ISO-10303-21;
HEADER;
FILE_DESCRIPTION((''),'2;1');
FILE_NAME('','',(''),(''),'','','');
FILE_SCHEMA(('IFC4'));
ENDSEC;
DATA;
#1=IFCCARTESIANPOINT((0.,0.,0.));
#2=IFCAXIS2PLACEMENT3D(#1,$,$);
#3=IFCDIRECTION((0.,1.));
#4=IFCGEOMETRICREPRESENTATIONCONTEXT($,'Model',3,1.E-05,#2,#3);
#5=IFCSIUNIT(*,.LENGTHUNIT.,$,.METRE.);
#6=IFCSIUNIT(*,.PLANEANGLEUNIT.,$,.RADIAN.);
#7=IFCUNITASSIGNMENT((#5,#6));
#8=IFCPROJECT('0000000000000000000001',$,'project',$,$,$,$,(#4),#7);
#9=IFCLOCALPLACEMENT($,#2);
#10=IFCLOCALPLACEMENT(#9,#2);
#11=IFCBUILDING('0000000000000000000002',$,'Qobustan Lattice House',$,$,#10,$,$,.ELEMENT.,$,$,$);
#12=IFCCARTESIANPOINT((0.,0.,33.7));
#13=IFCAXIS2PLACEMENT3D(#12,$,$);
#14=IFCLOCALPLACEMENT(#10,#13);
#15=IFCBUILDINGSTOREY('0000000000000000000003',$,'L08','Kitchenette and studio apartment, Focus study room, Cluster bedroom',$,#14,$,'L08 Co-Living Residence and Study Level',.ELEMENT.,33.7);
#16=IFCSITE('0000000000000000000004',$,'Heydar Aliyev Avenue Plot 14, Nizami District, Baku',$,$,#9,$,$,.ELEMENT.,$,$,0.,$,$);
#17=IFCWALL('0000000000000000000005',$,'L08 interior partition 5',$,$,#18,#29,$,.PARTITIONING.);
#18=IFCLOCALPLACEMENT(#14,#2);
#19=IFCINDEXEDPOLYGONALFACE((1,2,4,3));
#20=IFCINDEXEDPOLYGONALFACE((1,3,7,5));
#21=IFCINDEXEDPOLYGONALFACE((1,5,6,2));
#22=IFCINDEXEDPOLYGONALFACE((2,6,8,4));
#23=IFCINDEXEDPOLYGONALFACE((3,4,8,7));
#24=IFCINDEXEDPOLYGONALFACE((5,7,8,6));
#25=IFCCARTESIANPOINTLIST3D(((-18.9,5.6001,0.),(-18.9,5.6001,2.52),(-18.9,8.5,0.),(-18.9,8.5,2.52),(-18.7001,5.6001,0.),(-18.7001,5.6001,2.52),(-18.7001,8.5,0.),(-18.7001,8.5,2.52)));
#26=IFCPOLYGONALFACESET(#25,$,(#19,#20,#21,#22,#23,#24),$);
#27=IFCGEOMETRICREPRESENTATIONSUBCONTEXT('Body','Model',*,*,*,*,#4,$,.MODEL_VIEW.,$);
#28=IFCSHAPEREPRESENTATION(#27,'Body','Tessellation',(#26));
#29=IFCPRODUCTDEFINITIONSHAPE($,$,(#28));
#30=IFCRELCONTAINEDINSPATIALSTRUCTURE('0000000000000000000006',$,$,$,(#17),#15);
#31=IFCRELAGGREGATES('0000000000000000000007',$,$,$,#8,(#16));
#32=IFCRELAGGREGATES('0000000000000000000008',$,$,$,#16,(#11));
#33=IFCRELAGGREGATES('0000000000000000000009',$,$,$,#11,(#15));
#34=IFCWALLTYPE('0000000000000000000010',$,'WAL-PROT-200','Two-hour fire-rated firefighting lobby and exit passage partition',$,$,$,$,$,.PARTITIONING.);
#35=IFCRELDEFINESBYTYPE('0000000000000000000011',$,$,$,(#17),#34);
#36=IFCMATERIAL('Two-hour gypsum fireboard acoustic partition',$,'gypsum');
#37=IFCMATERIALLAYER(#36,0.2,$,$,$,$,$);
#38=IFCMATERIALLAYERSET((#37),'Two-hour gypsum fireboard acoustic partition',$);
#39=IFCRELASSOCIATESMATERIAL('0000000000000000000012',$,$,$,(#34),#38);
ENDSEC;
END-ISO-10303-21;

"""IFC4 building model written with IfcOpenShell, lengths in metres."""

from ifc_helpers import new_model, si_unit, direction, frame, frame_2d, origin, place, context, subcontext, project, spatial, rectangle, extrude, material, layer, layer_set, type_object, element, save


model = new_model("IFC4")

# Units and contexts
model_context = context("Model", 3, precision=1e-05, world=origin(), true_north=direction((0.0, 1.0)))
body_context = subcontext(model_context, "Body", "Model", "MODEL_VIEW")
ifc_project = project(units=[si_unit("LENGTHUNIT", "METRE"), si_unit("PLANEANGLEUNIT", "RADIAN")], contexts=[model_context])

# Site, building, storey
site_placement = place(None, origin())
site = spatial("IfcSite", under=ifc_project, at=site_placement, Name="Heydar Aliyev Avenue Plot 14, Nizami District, Baku", CompositionType="ELEMENT", RefElevation=0.0)
building_placement = place(site_placement, origin())
building = spatial("IfcBuilding", under=site, at=building_placement, Name="Qobustan Lattice House", CompositionType="ELEMENT")
storey_placement = place(building_placement, frame((0.0, 0.0, 33.7)))
storey = spatial("IfcBuildingStorey", under=building, at=storey_placement, Name="L08", Description="Kitchenette and studio apartment, Focus study room, Cluster bedroom", LongName="L08 Co-Living Residence and Study Level", CompositionType="ELEMENT", Elevation=33.7)

# Wall
ifc_material_1 = material(Name="Two-hour gypsum fireboard acoustic partition", Category="gypsum")
ifc_layer_1 = layer(ifc_material_1, 0.2)
ifc_layer_set_1 = layer_set([ifc_layer_1], Name="Two-hour gypsum fireboard acoustic partition")
wall_type_1 = type_object("IfcWallType", Name="WAL-PROT-200", Description="Two-hour fire-rated firefighting lobby and exit passage partition", PredefinedType="PARTITIONING", material=ifc_layer_set_1)
wall_1_placement = place(storey_placement, frame((-18.8, 8.5, 0.0), z_axis=(0.0, 0.0, 1.0), x_axis=(0.0, -1.0, 0.0)))
element("IfcWall", 1, at=wall_1_placement, inside=storey, type_object=wall_type_1, Name="L08 interior partition 5", PredefinedType="PARTITIONING", context=body_context, shape_type="SweptSolid", body=[
    extrude(rectangle(XDim=2.8999, YDim=0.2, at=frame_2d((1.45, 0.0))), origin(), (0.0, 0.0, 1.0), 2.52),
])

save(model, "model.ifc")
